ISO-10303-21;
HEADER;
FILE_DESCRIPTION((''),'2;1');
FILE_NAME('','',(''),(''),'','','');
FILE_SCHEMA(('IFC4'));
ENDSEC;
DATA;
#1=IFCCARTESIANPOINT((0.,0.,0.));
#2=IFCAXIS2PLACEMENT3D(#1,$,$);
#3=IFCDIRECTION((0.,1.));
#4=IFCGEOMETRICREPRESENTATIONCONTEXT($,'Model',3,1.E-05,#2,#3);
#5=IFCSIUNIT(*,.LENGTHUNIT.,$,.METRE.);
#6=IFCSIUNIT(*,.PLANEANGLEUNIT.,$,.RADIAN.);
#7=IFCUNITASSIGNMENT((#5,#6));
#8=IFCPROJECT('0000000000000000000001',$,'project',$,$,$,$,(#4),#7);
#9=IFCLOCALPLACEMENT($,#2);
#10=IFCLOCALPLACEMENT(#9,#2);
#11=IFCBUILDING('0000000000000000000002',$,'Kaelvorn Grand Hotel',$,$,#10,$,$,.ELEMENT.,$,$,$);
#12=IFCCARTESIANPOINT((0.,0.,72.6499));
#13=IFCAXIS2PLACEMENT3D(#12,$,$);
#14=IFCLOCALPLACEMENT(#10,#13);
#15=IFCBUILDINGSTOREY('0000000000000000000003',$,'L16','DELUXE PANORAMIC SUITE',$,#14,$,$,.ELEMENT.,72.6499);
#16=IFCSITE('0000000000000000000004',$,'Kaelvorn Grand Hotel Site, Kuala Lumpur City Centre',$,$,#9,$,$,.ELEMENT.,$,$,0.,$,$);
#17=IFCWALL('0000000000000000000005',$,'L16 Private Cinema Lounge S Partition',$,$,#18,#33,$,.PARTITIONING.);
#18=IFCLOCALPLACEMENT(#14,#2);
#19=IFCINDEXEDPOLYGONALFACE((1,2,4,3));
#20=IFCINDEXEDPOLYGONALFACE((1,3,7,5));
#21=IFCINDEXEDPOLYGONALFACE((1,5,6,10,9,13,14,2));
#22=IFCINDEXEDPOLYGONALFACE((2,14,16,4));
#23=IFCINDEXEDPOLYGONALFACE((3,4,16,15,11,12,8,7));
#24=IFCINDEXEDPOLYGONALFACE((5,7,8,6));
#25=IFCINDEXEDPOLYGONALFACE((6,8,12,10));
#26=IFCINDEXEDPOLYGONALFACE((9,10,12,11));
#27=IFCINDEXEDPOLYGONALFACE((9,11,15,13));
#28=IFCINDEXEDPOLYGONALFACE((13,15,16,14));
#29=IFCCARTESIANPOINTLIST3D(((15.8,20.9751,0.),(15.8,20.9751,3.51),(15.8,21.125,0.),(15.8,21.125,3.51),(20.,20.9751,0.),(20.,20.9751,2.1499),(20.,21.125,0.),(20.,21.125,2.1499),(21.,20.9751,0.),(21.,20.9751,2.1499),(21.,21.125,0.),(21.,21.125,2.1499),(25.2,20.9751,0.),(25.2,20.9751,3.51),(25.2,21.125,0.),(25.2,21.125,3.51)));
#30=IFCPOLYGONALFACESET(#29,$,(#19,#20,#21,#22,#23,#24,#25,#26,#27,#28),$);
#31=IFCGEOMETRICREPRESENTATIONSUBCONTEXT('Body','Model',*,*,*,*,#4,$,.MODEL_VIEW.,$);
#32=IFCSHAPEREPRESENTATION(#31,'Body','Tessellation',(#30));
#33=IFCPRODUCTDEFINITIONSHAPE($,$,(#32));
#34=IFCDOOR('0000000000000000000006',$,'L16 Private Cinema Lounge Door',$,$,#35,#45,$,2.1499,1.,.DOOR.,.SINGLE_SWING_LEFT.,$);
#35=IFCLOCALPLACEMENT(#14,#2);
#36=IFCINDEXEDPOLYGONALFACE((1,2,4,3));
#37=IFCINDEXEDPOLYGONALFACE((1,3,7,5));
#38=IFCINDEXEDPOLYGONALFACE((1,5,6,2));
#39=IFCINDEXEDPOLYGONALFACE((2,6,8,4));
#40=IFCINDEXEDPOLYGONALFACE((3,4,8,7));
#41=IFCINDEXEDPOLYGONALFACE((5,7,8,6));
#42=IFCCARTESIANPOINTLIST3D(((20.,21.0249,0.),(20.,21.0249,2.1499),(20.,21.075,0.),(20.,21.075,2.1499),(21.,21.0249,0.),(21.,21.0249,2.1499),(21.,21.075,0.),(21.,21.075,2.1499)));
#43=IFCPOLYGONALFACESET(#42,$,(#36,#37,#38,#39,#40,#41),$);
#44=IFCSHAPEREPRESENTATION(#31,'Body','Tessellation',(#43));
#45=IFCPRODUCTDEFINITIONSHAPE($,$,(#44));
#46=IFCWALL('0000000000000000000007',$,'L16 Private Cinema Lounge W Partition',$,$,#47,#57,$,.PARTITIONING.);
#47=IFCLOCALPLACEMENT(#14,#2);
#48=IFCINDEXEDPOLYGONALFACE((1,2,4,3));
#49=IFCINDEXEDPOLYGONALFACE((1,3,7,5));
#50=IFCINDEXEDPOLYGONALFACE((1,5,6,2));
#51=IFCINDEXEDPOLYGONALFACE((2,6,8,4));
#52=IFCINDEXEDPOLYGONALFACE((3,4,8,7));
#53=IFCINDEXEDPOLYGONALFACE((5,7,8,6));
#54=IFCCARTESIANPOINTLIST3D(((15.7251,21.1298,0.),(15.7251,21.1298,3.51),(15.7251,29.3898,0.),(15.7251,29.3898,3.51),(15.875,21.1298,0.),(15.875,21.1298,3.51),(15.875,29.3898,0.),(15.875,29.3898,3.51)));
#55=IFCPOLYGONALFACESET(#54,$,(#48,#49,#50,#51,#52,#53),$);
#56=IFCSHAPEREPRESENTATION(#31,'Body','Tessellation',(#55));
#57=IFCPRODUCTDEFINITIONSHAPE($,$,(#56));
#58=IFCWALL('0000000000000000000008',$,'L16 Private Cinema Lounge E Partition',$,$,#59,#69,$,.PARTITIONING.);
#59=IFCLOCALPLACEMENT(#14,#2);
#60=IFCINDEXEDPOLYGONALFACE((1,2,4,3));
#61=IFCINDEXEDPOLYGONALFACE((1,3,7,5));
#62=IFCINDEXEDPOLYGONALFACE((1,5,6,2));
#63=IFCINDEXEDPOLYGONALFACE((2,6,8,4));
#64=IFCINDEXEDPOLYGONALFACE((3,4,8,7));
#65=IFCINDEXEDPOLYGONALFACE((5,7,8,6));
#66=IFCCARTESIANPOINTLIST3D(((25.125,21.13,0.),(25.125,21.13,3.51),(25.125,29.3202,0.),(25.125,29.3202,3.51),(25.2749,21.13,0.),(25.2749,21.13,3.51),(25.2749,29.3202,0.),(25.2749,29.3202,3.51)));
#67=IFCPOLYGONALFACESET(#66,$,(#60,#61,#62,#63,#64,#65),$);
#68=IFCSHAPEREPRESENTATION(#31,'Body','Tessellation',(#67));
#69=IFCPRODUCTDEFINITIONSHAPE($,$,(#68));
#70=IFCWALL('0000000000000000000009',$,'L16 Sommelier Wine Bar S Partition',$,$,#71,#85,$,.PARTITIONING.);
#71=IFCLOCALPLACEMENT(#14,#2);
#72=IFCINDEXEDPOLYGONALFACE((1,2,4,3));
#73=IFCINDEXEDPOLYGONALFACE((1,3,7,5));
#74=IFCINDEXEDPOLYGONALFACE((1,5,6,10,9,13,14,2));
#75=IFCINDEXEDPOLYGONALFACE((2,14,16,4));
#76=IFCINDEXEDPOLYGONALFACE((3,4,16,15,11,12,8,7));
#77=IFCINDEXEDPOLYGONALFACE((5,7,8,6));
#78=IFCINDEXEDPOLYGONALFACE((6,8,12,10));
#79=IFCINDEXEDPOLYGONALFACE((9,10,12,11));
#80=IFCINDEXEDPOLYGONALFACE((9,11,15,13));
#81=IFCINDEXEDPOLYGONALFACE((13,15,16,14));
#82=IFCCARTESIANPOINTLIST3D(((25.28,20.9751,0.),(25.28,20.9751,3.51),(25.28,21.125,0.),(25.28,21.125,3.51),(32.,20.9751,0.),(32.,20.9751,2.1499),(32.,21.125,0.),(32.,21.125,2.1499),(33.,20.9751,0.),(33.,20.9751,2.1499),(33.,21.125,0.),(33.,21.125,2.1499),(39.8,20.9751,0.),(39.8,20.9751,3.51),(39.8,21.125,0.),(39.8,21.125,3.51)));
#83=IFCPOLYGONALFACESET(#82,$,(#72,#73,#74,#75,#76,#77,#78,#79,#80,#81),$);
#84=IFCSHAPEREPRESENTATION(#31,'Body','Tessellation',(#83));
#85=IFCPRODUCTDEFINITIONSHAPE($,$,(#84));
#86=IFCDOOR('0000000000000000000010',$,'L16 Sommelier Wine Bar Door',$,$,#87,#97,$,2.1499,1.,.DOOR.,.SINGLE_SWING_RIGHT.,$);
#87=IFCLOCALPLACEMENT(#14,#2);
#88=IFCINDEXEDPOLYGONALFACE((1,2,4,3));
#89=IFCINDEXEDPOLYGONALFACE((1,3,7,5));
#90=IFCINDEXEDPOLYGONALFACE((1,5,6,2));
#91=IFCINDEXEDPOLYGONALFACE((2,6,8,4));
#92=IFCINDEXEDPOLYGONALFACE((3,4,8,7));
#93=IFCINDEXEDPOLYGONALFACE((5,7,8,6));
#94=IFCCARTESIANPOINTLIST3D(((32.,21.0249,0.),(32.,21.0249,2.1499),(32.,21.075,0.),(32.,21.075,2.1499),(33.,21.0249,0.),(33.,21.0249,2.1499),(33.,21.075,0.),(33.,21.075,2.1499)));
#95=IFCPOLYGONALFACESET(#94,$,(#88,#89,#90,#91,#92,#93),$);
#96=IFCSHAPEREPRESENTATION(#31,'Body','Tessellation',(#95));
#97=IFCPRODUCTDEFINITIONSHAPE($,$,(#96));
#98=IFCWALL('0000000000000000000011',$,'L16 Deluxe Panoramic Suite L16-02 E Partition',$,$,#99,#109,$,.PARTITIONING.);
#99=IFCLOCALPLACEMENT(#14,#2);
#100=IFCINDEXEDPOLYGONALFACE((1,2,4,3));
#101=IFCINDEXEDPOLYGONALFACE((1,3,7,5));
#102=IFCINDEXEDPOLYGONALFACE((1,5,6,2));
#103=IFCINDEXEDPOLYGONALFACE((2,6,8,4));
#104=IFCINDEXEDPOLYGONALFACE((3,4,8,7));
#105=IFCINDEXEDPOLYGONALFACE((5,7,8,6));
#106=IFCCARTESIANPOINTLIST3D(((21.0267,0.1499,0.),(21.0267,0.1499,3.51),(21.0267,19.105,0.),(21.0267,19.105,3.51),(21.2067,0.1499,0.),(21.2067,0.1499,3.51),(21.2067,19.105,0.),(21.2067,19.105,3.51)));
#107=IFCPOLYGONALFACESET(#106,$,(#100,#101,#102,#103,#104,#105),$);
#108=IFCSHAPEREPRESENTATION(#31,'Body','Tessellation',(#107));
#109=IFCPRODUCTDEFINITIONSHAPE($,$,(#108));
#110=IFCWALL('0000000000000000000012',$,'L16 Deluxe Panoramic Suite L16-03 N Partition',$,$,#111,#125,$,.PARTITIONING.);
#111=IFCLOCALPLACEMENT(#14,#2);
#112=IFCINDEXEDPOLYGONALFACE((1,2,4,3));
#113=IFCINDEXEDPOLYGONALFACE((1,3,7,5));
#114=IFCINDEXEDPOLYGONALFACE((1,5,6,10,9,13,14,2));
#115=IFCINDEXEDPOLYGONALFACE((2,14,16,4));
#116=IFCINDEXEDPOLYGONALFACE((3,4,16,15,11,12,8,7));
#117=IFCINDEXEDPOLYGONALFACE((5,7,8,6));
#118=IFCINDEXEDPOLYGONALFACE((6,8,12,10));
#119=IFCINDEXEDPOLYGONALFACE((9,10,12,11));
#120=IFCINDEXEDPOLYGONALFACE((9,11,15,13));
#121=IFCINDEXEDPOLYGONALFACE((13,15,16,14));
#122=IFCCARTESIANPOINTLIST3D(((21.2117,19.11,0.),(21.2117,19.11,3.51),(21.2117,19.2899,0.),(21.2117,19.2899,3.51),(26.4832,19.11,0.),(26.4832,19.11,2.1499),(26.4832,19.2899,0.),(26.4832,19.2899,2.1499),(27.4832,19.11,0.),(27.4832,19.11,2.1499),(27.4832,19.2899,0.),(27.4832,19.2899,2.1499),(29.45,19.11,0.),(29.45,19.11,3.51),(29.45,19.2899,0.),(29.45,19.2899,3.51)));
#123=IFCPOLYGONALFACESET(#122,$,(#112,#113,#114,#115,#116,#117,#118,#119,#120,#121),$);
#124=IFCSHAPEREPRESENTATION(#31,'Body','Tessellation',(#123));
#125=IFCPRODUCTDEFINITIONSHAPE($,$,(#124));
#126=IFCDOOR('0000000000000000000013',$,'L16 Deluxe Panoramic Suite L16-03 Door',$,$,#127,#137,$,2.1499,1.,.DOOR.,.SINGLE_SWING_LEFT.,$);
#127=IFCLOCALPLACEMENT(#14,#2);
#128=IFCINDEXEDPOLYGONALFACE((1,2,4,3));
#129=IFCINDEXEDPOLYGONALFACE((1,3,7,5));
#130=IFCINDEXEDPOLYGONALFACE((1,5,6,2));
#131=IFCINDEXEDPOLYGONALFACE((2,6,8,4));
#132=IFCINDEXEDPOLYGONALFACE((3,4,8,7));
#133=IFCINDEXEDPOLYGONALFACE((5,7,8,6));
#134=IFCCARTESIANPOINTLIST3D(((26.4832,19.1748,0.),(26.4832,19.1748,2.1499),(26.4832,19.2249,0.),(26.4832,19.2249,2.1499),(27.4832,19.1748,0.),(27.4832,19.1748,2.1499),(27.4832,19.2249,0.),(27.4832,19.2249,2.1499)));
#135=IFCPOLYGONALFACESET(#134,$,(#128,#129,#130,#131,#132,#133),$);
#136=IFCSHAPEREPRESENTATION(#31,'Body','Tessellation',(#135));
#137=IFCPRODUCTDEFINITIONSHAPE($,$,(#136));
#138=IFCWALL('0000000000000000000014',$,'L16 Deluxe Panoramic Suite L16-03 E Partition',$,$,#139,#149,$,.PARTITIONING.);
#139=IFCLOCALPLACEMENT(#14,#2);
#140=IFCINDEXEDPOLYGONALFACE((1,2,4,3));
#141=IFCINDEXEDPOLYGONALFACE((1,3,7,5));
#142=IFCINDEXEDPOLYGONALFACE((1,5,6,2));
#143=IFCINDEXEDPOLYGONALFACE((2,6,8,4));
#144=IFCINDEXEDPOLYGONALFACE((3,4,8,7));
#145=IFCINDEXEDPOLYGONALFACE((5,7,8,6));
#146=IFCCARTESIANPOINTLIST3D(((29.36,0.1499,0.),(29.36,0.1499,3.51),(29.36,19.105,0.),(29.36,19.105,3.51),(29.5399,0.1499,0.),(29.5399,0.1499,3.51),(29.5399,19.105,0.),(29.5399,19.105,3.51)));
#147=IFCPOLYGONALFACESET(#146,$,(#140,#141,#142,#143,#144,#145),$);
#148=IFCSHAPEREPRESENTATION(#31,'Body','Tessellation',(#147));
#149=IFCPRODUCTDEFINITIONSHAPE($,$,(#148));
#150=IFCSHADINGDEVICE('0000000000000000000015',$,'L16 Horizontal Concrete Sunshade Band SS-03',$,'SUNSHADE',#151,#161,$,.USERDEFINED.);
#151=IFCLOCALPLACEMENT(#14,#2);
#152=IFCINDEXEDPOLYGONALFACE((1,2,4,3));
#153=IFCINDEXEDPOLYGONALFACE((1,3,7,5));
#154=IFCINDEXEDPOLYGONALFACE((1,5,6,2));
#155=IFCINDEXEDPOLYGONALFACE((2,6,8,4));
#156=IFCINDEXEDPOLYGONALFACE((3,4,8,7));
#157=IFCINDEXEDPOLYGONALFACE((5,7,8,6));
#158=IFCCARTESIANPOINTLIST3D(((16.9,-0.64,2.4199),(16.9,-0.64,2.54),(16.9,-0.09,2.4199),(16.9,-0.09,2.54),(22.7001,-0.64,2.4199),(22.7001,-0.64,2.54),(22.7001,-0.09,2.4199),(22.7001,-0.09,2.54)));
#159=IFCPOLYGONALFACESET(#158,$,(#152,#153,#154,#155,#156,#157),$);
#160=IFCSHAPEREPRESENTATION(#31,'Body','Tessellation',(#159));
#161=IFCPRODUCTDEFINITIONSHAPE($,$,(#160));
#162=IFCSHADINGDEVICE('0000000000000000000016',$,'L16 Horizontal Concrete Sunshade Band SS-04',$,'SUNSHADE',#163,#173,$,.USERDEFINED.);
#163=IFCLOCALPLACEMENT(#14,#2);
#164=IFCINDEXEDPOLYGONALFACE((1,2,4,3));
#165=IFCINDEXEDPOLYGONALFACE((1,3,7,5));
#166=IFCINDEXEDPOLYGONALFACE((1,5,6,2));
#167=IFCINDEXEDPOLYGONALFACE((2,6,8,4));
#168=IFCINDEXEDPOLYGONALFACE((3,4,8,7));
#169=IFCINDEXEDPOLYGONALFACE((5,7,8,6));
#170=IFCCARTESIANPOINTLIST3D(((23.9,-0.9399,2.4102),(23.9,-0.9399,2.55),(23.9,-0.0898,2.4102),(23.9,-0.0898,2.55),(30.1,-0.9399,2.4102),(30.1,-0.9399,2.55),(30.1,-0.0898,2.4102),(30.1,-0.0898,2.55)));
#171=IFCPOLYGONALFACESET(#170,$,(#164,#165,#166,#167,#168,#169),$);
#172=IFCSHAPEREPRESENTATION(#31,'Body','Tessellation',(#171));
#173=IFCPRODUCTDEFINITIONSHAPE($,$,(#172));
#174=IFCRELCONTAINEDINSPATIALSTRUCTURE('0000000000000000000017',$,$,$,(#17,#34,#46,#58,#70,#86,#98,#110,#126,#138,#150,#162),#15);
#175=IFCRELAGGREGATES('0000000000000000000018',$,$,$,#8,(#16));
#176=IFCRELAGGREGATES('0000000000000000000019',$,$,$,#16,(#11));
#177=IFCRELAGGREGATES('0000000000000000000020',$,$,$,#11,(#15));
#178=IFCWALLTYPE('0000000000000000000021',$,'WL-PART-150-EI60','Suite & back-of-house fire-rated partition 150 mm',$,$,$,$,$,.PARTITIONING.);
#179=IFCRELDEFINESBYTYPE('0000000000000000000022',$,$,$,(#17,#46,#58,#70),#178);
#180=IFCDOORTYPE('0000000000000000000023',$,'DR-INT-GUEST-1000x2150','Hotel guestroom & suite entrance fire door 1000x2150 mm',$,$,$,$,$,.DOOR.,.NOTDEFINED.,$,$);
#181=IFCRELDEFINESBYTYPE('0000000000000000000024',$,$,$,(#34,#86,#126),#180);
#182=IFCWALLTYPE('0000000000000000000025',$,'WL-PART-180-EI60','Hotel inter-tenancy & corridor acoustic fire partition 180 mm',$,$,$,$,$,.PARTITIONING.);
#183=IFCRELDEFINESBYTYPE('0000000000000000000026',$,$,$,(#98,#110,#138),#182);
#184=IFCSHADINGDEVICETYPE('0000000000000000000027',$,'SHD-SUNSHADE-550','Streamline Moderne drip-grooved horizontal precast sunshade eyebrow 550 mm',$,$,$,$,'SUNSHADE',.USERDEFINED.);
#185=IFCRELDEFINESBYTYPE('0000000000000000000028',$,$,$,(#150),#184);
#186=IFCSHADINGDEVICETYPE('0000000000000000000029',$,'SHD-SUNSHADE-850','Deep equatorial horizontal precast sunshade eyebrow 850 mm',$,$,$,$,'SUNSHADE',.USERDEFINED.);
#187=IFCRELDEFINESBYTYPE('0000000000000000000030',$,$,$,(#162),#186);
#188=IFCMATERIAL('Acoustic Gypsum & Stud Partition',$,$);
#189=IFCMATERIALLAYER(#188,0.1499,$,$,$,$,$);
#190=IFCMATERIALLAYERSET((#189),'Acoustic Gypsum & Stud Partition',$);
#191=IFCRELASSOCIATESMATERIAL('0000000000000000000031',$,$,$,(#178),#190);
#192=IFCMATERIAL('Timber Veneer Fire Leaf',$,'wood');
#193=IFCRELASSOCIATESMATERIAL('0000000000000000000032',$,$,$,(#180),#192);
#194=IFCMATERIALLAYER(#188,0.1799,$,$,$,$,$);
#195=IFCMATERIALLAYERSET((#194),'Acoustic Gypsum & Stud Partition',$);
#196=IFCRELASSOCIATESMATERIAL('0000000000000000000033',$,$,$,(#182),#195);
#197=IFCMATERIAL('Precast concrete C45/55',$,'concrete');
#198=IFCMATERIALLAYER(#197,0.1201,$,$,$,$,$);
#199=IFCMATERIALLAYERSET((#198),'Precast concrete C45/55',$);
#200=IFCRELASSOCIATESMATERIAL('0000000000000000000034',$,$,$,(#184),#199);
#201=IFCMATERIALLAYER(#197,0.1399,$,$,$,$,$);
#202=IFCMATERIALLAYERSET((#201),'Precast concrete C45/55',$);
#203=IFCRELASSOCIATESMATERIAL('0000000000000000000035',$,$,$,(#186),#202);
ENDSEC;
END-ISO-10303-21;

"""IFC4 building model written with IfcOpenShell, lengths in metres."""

from ifc_helpers import new_model, si_unit, direction, frame, frame_2d, origin, origin_2d, place, context, subcontext, project, spatial, rectangle, extrude, material, layer, layer_set, type_object, element, fill, save


model = new_model("IFC4")

# Units and contexts
model_context = context("Model", 3, precision=1e-05, world=origin(), true_north=direction((0.0, 1.0)))
body_context = subcontext(model_context, "Body", "Model", "MODEL_VIEW")
ifc_project = project(units=[si_unit("LENGTHUNIT", "METRE"), si_unit("PLANEANGLEUNIT", "RADIAN")], contexts=[model_context])

# Site, building, storey
site_placement = place(None, origin())
site = spatial("IfcSite", under=ifc_project, at=site_placement, Name="Kaelvorn Grand Hotel Site, Kuala Lumpur City Centre", CompositionType="ELEMENT", RefElevation=0.0)
building_placement = place(site_placement, origin())
building = spatial("IfcBuilding", under=site, at=building_placement, Name="Kaelvorn Grand Hotel", CompositionType="ELEMENT")
storey_placement = place(building_placement, frame((0.0, 0.0, 72.6499)))
storey = spatial("IfcBuildingStorey", under=building, at=storey_placement, Name="L16", Description="DELUXE PANORAMIC SUITE", CompositionType="ELEMENT", Elevation=72.6499)

# Wall, opening, door
ifc_material_1 = material(Name="Acoustic Gypsum & Stud Partition")
ifc_layer_1 = layer(ifc_material_1, 0.1499)
ifc_layer_set_1 = layer_set([ifc_layer_1], Name="Acoustic Gypsum & Stud Partition")
wall_type_1 = type_object("IfcWallType", Name="WL-PART-150-EI60", Description="Suite & back-of-house fire-rated partition 150 mm", PredefinedType="PARTITIONING", material=ifc_layer_set_1)
wall_1_placement = place(storey_placement, frame((15.8, 21.05, 0.0), z_axis=(0.0, 0.0, 1.0), x_axis=(1.0, 0.0, 0.0)))
wall_1 = element("IfcWall", 1, at=wall_1_placement, inside=storey, type_object=wall_type_1, Name="L16 Private Cinema Lounge S Partition", PredefinedType="PARTITIONING", context=body_context, shape_type="SweptSolid", body=[
    extrude(rectangle(XDim=9.3999, YDim=0.1499, at=frame_2d((4.7, 0.0))), origin(), (0.0, 0.0, 1.0), 3.51),
])
opening_1_placement = place(wall_1_placement, frame((4.2, 0.0, 0.0)))
opening_1 = element("IfcOpeningElement", 2, at=opening_1_placement, cuts=wall_1, PredefinedType="OPENING", context=body_context, shape_type="SweptSolid", body=[
    extrude(rectangle(XDim=1.0, YDim=2.1499, at=frame_2d((0.5, 1.075))), frame((0.0, 0.085, 0.0), z_axis=(0.0, -1.0, 0.0), x_axis=(1.0, 0.0, 0.0)), (0.0, 0.0, 1.0), 0.1699),
])
ifc_material_2 = material(Name="Timber Veneer Fire Leaf", Category="wood")
door_type_1 = type_object("IfcDoorType", Name="DR-INT-GUEST-1000x2150", Description="Hotel guestroom & suite entrance fire door 1000x2150 mm", OperationType="NOTDEFINED", PredefinedType="DOOR", material=ifc_material_2)
door_1_placement = place(opening_1_placement, origin())
door_1 = element("IfcDoor", 3, at=door_1_placement, inside=storey, type_object=door_type_1, Name="L16 Private Cinema Lounge Door", OperationType="SINGLE_SWING_LEFT", OverallHeight=2.1499, OverallWidth=1.0, PredefinedType="DOOR", context=body_context, shape_type="SweptSolid", body=[
    extrude(rectangle(XDim=1.0, YDim=2.1499, at=frame_2d((0.5, 1.075))), frame((0.0, 0.0249, 0.0), z_axis=(0.0, -1.0, 0.0), x_axis=(1.0, 0.0, 0.0)), (0.0, 0.0, 1.0), 0.05),
])
fill(opening_1, door_1)

# Walls
wall_2_placement = place(storey_placement, frame((15.8, 21.1299, 0.0), z_axis=(0.0, 0.0, 1.0), x_axis=(0.0, 1.0, 0.0)))
element("IfcWall", 4, at=wall_2_placement, inside=storey, type_object=wall_type_1, Name="L16 Private Cinema Lounge W Partition", PredefinedType="PARTITIONING", context=body_context, shape_type="SweptSolid", body=[
    extrude(rectangle(XDim=8.26, YDim=0.1499, at=frame_2d((4.1299, 0.0))), origin(), (0.0, 0.0, 1.0), 3.51),
])
wall_3_placement = place(storey_placement, frame((25.2, 21.1299, 0.0), z_axis=(0.0, 0.0, 1.0), x_axis=(0.0, 1.0, 0.0)))
element("IfcWall", 5, at=wall_3_placement, inside=storey, type_object=wall_type_1, Name="L16 Private Cinema Lounge E Partition", PredefinedType="PARTITIONING", context=body_context, shape_type="SweptSolid", body=[
    extrude(rectangle(XDim=8.1902, YDim=0.1499, at=frame_2d((4.0952, 0.0))), origin(), (0.0, 0.0, 1.0), 3.51),
])

# Wall, opening, door
wall_4_placement = place(storey_placement, frame((25.28, 21.05, 0.0), z_axis=(0.0, 0.0, 1.0), x_axis=(1.0, 0.0, 0.0)))
wall_4 = element("IfcWall", 6, at=wall_4_placement, inside=storey, type_object=wall_type_1, Name="L16 Sommelier Wine Bar S Partition", PredefinedType="PARTITIONING", context=body_context, shape_type="SweptSolid", body=[
    extrude(rectangle(XDim=14.52, YDim=0.1499, at=frame_2d((7.26, 0.0))), origin(), (0.0, 0.0, 1.0), 3.51),
])
opening_2_placement = place(wall_4_placement, frame((6.72, 0.0, 0.0)))
opening_2 = element("IfcOpeningElement", 7, at=opening_2_placement, cuts=wall_4, PredefinedType="OPENING", context=body_context, shape_type="SweptSolid", body=[
    extrude(rectangle(XDim=1.0, YDim=2.1499, at=frame_2d((0.5, 1.075))), frame((0.0, 0.085, 0.0), z_axis=(0.0, -1.0, 0.0), x_axis=(1.0, 0.0, 0.0)), (0.0, 0.0, 1.0), 0.1699),
])
door_2_placement = place(opening_2_placement, origin())
door_2 = element("IfcDoor", 8, at=door_2_placement, inside=storey, type_object=door_type_1, Name="L16 Sommelier Wine Bar Door", OperationType="SINGLE_SWING_RIGHT", OverallHeight=2.1499, OverallWidth=1.0, PredefinedType="DOOR", context=body_context, shape_type="SweptSolid", body=[
    extrude(rectangle(XDim=1.0, YDim=2.1499, at=frame_2d((0.5, 1.075))), frame((0.0, 0.0249, 0.0), z_axis=(0.0, -1.0, 0.0), x_axis=(1.0, 0.0, 0.0)), (0.0, 0.0, 1.0), 0.05),
])
fill(opening_2, door_2)

# Wall
ifc_layer_2 = layer(ifc_material_1, 0.1799)
ifc_layer_set_2 = layer_set([ifc_layer_2], Name="Acoustic Gypsum & Stud Partition")
wall_type_2 = type_object("IfcWallType", Name="WL-PART-180-EI60", Description="Hotel inter-tenancy & corridor acoustic fire partition 180 mm", PredefinedType="PARTITIONING", material=ifc_layer_set_2)
wall_5_placement = place(storey_placement, frame((21.1167, 0.1499, 0.0), z_axis=(0.0, 0.0, 1.0), x_axis=(0.0, 1.0, 0.0)))
element("IfcWall", 9, at=wall_5_placement, inside=storey, type_object=wall_type_2, Name="L16 Deluxe Panoramic Suite L16-02 E Partition", PredefinedType="PARTITIONING", context=body_context, shape_type="SweptSolid", body=[
    extrude(rectangle(XDim=18.9551, YDim=0.1799, at=frame_2d((9.4775, 0.0))), origin(), (0.0, 0.0, 1.0), 3.51),
])

# Wall, opening, door
wall_6_placement = place(storey_placement, frame((21.2117, 19.2, 0.0), z_axis=(0.0, 0.0, 1.0), x_axis=(1.0, 0.0, 0.0)))
wall_6 = element("IfcWall", 10, at=wall_6_placement, inside=storey, type_object=wall_type_2, Name="L16 Deluxe Panoramic Suite L16-03 N Partition", PredefinedType="PARTITIONING", context=body_context, shape_type="SweptSolid", body=[
    extrude(rectangle(XDim=8.2383, YDim=0.1799, at=frame_2d((4.1191, 0.0))), origin(), (0.0, 0.0, 1.0), 3.51),
])
opening_3_placement = place(wall_6_placement, frame((5.2715, 0.0, 0.0)))
opening_3 = element("IfcOpeningElement", 11, at=opening_3_placement, cuts=wall_6, PredefinedType="OPENING", context=body_context, shape_type="SweptSolid", body=[
    extrude(rectangle(XDim=1.0, YDim=2.1499, at=frame_2d((0.5, 1.075))), frame((0.0, 0.1001, 0.0), z_axis=(0.0, -1.0, 0.0), x_axis=(1.0, 0.0, 0.0)), (0.0, 0.0, 1.0), 0.2),
])
door_3_placement = place(opening_3_placement, origin())
door_3 = element("IfcDoor", 12, at=door_3_placement, inside=storey, type_object=door_type_1, Name="L16 Deluxe Panoramic Suite L16-03 Door", OperationType="SINGLE_SWING_LEFT", OverallHeight=2.1499, OverallWidth=1.0, PredefinedType="DOOR", context=body_context, shape_type="SweptSolid", body=[
    extrude(rectangle(XDim=1.0, YDim=2.1499, at=frame_2d((0.5, 1.075))), frame((0.0, 0.0249, 0.0), z_axis=(0.0, -1.0, 0.0), x_axis=(1.0, 0.0, 0.0)), (0.0, 0.0, 1.0), 0.05),
])
fill(opening_3, door_3)

# Wall
wall_7_placement = place(storey_placement, frame((29.45, 0.1499, 0.0), z_axis=(0.0, 0.0, 1.0), x_axis=(0.0, 1.0, 0.0)))
element("IfcWall", 13, at=wall_7_placement, inside=storey, type_object=wall_type_2, Name="L16 Deluxe Panoramic Suite L16-03 E Partition", PredefinedType="PARTITIONING", context=body_context, shape_type="SweptSolid", body=[
    extrude(rectangle(XDim=18.9551, YDim=0.1799, at=frame_2d((9.4775, 0.0))), origin(), (0.0, 0.0, 1.0), 3.51),
])

# Shading devices
ifc_material_3 = material(Name="Precast concrete C45/55", Category="concrete")
ifc_layer_3 = layer(ifc_material_3, 0.1201)
ifc_layer_set_3 = layer_set([ifc_layer_3], Name="Precast concrete C45/55")
shading_device_type_1 = type_object("IfcShadingDeviceType", Name="SHD-SUNSHADE-550", Description="Streamline Moderne drip-grooved horizontal precast sunshade eyebrow 550 mm", ElementType="SUNSHADE", PredefinedType="USERDEFINED", material=ifc_layer_set_3)
shading_device_1_placement = place(storey_placement, frame((19.8, -0.365, 2.4199), z_axis=(0.0, 0.0, 1.0), x_axis=(1.0, 0.0, 0.0)))
element("IfcShadingDevice", 14, at=shading_device_1_placement, inside=storey, type_object=shading_device_type_1, Name="L16 Horizontal Concrete Sunshade Band SS-03", ObjectType="SUNSHADE", PredefinedType="USERDEFINED", context=body_context, shape_type="SweptSolid", body=[
    extrude(rectangle(XDim=5.8, YDim=0.55, at=origin_2d()), origin(), (0.0, 0.0, 1.0), 0.1201),
])
ifc_layer_4 = layer(ifc_material_3, 0.1399)
ifc_layer_set_4 = layer_set([ifc_layer_4], Name="Precast concrete C45/55")
shading_device_type_2 = type_object("IfcShadingDeviceType", Name="SHD-SUNSHADE-850", Description="Deep equatorial horizontal precast sunshade eyebrow 850 mm", ElementType="SUNSHADE", PredefinedType="USERDEFINED", material=ifc_layer_set_4)
shading_device_2_placement = place(storey_placement, frame((27.0, -0.5149, 2.4102), z_axis=(0.0, 0.0, 1.0), x_axis=(1.0, 0.0, 0.0)))
element("IfcShadingDevice", 15, at=shading_device_2_placement, inside=storey, type_object=shading_device_type_2, Name="L16 Horizontal Concrete Sunshade Band SS-04", ObjectType="SUNSHADE", PredefinedType="USERDEFINED", context=body_context, shape_type="SweptSolid", body=[
    extrude(rectangle(XDim=6.2, YDim=0.8501, at=origin_2d()), origin(), (0.0, 0.0, 1.0), 0.1399),
])

save(model, "model.ifc")
